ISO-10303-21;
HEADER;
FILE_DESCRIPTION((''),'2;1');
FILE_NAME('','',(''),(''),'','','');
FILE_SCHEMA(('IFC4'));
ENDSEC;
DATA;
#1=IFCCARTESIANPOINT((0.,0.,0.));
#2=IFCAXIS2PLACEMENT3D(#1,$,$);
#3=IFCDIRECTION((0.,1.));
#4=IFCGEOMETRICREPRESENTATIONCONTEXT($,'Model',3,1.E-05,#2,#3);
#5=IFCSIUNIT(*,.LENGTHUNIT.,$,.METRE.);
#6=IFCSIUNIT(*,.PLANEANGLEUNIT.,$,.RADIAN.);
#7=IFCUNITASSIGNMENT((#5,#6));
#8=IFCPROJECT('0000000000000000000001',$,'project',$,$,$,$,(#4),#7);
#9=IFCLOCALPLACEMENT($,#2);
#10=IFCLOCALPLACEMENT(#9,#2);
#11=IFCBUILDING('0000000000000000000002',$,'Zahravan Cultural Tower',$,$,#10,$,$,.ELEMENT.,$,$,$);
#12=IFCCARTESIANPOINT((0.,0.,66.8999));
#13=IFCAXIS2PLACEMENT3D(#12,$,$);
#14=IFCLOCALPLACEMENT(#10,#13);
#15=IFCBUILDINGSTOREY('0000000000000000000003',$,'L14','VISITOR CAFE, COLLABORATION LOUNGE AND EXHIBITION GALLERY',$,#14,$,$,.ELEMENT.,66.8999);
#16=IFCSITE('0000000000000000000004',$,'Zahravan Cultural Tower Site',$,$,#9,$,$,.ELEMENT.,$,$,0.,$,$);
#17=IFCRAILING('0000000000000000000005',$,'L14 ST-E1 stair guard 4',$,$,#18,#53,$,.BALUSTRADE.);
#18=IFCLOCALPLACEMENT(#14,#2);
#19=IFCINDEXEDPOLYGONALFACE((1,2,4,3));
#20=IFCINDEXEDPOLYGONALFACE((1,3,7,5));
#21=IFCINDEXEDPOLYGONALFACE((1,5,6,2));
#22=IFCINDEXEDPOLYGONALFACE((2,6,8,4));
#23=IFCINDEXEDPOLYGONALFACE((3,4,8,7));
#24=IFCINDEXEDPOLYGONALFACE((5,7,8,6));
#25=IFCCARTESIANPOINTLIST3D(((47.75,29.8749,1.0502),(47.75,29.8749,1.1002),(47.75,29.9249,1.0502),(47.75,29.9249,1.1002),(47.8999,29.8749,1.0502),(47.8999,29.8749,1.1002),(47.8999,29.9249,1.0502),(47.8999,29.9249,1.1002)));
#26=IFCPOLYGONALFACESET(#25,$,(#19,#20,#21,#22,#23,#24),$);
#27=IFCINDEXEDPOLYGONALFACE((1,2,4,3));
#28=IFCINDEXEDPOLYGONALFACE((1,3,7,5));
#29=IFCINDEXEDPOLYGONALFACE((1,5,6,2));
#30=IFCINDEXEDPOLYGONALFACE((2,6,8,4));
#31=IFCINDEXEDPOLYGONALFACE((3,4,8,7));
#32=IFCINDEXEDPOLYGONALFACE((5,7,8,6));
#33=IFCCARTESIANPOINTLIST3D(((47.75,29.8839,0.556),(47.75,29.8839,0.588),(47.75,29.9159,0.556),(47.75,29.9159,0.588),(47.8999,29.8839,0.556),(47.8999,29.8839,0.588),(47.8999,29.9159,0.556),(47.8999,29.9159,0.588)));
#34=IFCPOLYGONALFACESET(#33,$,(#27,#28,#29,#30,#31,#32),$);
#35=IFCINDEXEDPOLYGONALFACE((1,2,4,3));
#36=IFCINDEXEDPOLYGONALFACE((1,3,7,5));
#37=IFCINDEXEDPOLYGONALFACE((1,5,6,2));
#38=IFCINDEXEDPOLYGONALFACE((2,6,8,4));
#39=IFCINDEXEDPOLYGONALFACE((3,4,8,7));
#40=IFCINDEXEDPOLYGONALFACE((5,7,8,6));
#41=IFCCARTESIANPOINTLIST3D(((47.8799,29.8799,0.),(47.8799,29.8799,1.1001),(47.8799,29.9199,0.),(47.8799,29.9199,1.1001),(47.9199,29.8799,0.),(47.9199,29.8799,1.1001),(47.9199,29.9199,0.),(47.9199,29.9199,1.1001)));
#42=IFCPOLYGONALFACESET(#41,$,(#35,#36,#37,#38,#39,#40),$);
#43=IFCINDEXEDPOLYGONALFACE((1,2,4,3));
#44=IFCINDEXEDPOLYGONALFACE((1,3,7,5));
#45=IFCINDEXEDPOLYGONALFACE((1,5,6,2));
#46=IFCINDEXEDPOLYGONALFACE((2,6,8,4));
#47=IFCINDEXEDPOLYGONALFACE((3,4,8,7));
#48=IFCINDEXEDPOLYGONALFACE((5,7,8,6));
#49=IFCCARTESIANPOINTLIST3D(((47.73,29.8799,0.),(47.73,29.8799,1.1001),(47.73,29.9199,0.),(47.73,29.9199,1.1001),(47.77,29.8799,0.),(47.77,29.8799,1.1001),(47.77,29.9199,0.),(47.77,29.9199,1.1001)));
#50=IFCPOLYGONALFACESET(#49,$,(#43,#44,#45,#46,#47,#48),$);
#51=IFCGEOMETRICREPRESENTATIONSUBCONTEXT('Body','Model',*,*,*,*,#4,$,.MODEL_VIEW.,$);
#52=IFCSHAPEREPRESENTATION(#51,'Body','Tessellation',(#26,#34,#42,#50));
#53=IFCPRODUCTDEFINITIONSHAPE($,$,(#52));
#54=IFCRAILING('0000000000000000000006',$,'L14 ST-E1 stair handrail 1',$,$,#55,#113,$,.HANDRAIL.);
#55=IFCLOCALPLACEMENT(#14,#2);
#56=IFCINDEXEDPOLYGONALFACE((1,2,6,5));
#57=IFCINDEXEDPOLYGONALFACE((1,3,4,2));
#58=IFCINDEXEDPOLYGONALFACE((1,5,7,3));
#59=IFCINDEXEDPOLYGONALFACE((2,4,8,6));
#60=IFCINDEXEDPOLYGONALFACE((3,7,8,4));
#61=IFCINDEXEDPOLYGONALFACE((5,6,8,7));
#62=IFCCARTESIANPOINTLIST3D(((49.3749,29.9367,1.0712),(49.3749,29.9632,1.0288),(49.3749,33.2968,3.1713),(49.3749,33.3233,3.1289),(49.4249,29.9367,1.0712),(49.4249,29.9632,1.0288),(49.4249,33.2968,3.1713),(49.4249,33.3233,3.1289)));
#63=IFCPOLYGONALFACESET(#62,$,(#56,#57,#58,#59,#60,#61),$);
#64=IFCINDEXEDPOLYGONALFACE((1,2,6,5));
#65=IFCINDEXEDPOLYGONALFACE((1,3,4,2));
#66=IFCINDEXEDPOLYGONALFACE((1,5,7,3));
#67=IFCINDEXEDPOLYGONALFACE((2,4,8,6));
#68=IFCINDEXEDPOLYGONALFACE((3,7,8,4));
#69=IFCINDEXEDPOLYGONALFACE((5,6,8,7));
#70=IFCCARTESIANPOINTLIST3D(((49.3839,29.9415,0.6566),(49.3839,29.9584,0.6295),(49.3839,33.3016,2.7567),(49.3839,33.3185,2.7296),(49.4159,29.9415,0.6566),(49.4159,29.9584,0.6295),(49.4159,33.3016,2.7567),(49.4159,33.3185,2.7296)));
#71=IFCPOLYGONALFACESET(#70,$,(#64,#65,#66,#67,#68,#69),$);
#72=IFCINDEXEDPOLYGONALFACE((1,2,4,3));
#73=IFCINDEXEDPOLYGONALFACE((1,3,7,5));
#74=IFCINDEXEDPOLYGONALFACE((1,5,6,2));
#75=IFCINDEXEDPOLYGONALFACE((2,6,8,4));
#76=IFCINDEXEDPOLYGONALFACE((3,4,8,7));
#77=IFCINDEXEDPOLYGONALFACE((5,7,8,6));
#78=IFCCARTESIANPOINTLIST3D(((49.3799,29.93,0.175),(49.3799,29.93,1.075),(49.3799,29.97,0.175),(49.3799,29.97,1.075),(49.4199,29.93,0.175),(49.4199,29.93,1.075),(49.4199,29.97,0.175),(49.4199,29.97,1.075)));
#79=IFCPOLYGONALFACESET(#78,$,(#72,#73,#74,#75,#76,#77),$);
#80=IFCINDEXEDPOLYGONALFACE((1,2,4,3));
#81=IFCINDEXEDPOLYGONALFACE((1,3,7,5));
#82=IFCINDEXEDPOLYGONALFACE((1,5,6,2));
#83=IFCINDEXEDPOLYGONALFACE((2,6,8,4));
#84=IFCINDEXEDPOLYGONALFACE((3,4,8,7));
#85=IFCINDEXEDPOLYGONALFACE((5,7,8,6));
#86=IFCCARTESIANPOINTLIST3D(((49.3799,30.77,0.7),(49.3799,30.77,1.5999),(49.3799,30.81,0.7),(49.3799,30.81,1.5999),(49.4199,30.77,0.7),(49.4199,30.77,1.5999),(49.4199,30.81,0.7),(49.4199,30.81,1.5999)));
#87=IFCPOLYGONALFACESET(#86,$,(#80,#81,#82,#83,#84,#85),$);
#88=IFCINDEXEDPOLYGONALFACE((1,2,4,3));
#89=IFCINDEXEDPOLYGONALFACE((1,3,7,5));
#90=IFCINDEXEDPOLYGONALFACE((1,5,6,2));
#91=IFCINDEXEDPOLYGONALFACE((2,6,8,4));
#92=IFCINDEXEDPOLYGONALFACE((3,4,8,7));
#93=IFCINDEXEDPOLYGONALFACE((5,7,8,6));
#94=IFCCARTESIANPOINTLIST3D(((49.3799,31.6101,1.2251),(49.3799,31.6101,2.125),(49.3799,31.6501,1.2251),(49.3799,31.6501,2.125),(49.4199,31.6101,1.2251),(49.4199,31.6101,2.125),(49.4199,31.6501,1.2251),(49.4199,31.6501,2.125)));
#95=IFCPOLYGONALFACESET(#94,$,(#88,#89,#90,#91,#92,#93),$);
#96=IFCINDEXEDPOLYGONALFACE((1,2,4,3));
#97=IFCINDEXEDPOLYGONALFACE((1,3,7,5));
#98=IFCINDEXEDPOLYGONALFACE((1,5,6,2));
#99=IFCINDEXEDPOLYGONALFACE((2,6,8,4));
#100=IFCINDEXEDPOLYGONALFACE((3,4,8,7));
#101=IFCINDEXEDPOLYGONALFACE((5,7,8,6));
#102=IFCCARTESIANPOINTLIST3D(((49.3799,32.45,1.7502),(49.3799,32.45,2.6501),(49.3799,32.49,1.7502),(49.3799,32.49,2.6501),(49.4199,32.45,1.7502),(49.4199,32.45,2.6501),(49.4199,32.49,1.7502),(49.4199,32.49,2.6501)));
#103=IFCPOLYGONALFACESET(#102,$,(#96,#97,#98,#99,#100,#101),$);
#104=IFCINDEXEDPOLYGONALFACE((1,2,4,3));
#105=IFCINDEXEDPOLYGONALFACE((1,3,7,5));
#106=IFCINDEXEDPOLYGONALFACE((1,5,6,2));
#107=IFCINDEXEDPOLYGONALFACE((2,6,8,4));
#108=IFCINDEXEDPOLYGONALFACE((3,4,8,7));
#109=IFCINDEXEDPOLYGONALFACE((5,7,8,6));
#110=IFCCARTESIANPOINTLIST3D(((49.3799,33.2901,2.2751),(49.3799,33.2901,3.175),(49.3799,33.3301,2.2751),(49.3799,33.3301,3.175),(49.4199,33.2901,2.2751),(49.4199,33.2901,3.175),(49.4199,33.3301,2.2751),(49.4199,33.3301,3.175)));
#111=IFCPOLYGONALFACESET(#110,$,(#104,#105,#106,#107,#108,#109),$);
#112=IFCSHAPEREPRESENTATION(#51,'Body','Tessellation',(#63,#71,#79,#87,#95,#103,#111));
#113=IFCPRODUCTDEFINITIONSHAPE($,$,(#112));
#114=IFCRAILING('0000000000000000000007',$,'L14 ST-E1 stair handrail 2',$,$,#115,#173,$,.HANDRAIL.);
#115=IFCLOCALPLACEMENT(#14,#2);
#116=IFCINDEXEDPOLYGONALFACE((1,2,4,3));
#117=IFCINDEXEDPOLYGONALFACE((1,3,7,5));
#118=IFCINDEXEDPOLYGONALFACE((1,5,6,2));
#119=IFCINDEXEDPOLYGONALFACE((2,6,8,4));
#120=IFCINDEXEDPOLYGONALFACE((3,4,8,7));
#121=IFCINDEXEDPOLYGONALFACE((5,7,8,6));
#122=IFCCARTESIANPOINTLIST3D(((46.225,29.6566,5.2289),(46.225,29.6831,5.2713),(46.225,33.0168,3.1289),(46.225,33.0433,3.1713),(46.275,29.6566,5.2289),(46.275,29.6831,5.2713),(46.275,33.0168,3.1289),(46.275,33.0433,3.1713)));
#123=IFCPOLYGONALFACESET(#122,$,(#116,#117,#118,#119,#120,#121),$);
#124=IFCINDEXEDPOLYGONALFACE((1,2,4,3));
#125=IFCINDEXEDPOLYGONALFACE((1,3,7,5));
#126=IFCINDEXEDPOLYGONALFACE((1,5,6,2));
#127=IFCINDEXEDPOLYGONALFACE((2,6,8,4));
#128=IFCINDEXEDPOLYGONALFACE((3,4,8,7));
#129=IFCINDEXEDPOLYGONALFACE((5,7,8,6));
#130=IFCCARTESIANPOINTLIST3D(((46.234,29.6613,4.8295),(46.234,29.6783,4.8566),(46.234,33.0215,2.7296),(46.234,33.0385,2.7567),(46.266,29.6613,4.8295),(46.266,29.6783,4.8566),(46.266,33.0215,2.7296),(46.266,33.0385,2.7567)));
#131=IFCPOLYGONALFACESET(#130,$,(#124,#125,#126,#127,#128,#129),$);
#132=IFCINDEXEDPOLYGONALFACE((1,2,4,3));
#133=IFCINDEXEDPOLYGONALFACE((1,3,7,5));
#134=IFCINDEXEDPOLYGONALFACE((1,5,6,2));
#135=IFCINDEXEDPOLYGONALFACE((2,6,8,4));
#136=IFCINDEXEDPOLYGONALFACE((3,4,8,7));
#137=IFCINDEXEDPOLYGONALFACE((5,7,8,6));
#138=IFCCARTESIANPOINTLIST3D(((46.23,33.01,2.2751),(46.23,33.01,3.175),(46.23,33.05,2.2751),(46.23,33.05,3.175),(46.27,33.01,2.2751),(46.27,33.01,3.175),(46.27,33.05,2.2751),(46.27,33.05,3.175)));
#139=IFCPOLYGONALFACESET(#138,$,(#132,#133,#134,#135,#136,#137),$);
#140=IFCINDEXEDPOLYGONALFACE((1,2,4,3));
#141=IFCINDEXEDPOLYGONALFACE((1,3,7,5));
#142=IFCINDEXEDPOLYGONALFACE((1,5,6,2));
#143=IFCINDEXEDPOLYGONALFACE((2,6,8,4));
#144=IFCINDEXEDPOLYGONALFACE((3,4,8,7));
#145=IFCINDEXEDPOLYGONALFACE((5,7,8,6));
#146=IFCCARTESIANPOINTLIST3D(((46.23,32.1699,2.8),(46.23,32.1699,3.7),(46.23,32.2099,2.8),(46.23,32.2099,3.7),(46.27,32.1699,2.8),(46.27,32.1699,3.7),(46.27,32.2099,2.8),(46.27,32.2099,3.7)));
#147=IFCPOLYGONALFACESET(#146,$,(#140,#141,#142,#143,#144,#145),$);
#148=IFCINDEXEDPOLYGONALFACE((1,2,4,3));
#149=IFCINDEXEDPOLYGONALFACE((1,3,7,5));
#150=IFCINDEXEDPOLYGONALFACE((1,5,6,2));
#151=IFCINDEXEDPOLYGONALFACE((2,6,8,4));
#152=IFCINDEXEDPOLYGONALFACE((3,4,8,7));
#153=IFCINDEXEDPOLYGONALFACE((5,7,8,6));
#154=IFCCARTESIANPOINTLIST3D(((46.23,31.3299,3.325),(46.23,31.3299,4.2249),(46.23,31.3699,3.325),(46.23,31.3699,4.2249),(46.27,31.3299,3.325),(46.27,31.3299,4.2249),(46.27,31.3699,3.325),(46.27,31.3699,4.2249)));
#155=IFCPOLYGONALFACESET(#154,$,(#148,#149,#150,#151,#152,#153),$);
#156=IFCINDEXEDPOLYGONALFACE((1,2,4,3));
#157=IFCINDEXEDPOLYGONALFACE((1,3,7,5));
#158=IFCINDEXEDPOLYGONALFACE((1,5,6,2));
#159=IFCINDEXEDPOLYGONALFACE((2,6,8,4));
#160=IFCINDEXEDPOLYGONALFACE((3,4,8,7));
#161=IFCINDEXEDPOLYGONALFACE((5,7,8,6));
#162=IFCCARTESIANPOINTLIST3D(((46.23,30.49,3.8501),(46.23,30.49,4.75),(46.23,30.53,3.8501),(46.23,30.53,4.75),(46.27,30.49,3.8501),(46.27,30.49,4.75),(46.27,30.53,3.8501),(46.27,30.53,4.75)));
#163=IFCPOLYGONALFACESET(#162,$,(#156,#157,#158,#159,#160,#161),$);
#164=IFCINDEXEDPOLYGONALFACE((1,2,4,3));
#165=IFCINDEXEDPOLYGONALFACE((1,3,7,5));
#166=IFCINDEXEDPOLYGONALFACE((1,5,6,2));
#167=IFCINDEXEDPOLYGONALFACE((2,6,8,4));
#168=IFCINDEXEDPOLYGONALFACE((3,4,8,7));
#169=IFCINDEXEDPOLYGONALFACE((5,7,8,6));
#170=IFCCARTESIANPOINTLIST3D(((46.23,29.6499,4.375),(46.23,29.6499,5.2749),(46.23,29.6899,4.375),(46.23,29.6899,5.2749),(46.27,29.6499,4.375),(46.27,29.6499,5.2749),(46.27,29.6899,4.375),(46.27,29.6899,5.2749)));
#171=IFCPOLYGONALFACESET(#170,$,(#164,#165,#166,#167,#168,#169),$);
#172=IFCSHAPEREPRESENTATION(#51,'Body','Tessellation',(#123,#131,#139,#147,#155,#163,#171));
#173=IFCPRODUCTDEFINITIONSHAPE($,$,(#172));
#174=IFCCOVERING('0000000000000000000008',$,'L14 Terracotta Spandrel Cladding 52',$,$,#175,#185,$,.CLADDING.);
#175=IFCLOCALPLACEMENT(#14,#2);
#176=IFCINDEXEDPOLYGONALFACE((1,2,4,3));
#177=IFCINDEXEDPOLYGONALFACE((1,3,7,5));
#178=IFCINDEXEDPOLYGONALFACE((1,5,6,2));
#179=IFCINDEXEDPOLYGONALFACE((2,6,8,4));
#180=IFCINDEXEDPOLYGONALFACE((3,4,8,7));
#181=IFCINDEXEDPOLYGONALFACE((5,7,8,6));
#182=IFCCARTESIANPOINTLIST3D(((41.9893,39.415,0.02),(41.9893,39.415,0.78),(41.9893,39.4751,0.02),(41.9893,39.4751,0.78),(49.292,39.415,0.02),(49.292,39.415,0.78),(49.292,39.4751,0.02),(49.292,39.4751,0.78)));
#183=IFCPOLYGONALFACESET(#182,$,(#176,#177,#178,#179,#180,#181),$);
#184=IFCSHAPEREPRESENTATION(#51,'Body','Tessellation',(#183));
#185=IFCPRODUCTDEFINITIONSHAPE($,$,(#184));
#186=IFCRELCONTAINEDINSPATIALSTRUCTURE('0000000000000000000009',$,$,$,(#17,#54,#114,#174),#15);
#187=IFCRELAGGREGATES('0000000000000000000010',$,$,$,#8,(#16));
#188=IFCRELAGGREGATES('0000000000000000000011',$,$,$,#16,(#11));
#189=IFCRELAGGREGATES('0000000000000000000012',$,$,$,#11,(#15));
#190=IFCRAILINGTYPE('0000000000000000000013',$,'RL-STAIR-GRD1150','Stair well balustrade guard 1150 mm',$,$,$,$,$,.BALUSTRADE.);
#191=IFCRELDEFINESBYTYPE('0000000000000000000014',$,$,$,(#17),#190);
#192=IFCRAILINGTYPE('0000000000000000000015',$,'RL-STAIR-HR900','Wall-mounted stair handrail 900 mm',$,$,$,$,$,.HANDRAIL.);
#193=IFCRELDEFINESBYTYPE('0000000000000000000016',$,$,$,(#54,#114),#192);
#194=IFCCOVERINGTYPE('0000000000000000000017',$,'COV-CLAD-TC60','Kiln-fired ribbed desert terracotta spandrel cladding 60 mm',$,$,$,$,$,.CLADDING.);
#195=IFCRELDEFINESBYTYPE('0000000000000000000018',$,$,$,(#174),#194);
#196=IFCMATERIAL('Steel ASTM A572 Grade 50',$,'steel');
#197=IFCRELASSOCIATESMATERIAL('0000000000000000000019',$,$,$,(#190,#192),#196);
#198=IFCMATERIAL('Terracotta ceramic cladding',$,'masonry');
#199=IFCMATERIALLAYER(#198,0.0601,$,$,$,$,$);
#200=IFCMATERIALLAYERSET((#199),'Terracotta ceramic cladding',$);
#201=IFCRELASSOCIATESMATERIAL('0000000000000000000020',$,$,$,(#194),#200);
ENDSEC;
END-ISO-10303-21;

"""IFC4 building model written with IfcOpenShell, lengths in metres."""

from ifc_helpers import new_model, si_unit, direction, frame, origin, origin_2d, place, context, subcontext, project, spatial, rectangle, extrude, source, transform, mapped, material, layer, layer_set, type_object, element, save


model = new_model("IFC4")

# Units and contexts
model_context = context("Model", 3, precision=1e-05, world=origin(), true_north=direction((0.0, 1.0)))
body_context = subcontext(model_context, "Body", "Model", "MODEL_VIEW")
ifc_project = project(units=[si_unit("LENGTHUNIT", "METRE"), si_unit("PLANEANGLEUNIT", "RADIAN")], contexts=[model_context])

# Site, building, storey
site_placement = place(None, origin())
site = spatial("IfcSite", under=ifc_project, at=site_placement, Name="Zahravan Cultural Tower Site", CompositionType="ELEMENT", RefElevation=0.0)
building_placement = place(site_placement, origin())
building = spatial("IfcBuilding", under=site, at=building_placement, Name="Zahravan Cultural Tower", CompositionType="ELEMENT")
storey_placement = place(building_placement, frame((0.0, 0.0, 66.8999)))
storey = spatial("IfcBuildingStorey", under=building, at=storey_placement, Name="L14", Description="VISITOR CAFE, COLLABORATION LOUNGE AND EXHIBITION GALLERY", CompositionType="ELEMENT", Elevation=66.8999)

# Shared definitions
ifc_material_1 = material(Name="Steel ASTM A572 Grade 50", Category="steel")

# Railings
railing_type_1 = type_object("IfcRailingType", Name="RL-STAIR-GRD1150", Description="Stair well balustrade guard 1150 mm", PredefinedType="BALUSTRADE", material=ifc_material_1)
railing_1_placement = place(storey_placement, frame((47.8999, 29.8999, 0.0)))
element("IfcRailing", 1, at=railing_1_placement, inside=storey, type_object=railing_type_1, Name="L14 ST-E1 stair guard 4", PredefinedType="BALUSTRADE", context=body_context, shape_type="SweptSolid", body=[
    extrude(rectangle(XDim=0.05, YDim=0.05, at=origin_2d()), frame((0.0, 0.0, 1.0752), z_axis=(-1.0, 0.0, 0.0), x_axis=(0.0, -1.0, 0.0)), (0.0, 0.0, 1.0), 0.1499),
    extrude(rectangle(XDim=0.032, YDim=0.032, at=origin_2d()), frame((0.0, 0.0, 0.572), z_axis=(-1.0, 0.0, 0.0), x_axis=(0.0, -1.0, 0.0)), (0.0, 0.0, 1.0), 0.1499),
    extrude(rectangle(XDim=0.04, YDim=0.04, at=origin_2d()), origin(), (0.0, 0.0, 1.0), 1.1001),
    extrude(rectangle(XDim=0.04, YDim=0.04, at=origin_2d()), frame((-0.1499, 0.0, 0.0)), (0.0, 0.0, 1.0), 1.1001),
])
railing_type_2 = type_object("IfcRailingType", Name="RL-STAIR-HR900", Description="Wall-mounted stair handrail 900 mm", PredefinedType="HANDRAIL", material=ifc_material_1)
railing_2_placement = place(storey_placement, frame((49.3999, 29.95, 0.175)))
element("IfcRailing", 2, at=railing_2_placement, inside=storey, type_object=railing_type_2, Name="L14 ST-E1 stair handrail 1", PredefinedType="HANDRAIL", context=body_context, shape_type="SweptSolid", body=[
    extrude(rectangle(XDim=0.05, YDim=0.05, at=origin_2d()), frame((0.0, 0.0, 0.875), z_axis=(0.0, 0.847995, 0.530004), x_axis=(-1.0, 0.0, 0.0)), (0.0, 0.0, 1.0), 3.9624),
    extrude(rectangle(XDim=0.032, YDim=0.032, at=origin_2d()), frame((0.0, 0.0, 0.468), z_axis=(0.0, 0.847995, 0.530004), x_axis=(-1.0, 0.0, 0.0)), (0.0, 0.0, 1.0), 3.9624),
    extrude(rectangle(XDim=0.04, YDim=0.04, at=origin_2d()), origin(), (0.0, 0.0, 1.0), 0.8999),
    extrude(rectangle(XDim=0.04, YDim=0.04, at=origin_2d()), frame((0.0, 0.8401, 0.5249)), (0.0, 0.0, 1.0), 0.8999),
    extrude(rectangle(XDim=0.04, YDim=0.04, at=origin_2d()), frame((0.0, 1.6802, 1.05)), (0.0, 0.0, 1.0), 0.8999),
    extrude(rectangle(XDim=0.04, YDim=0.04, at=origin_2d()), frame((0.0, 2.52, 1.5752)), (0.0, 0.0, 1.0), 0.8999),
    extrude(rectangle(XDim=0.04, YDim=0.04, at=origin_2d()), frame((0.0, 3.3601, 2.1001)), (0.0, 0.0, 1.0), 0.8999),
])
railing_3_placement = place(storey_placement, frame((46.25, 33.03, 2.2751)))
element("IfcRailing", 3, at=railing_3_placement, inside=storey, type_object=railing_type_2, Name="L14 ST-E1 stair handrail 2", PredefinedType="HANDRAIL", context=body_context, shape_type="SweptSolid", body=[
    extrude(rectangle(XDim=0.05, YDim=0.05, at=origin_2d()), frame((0.0, 0.0, 0.875), z_axis=(0.0, -0.848023, 0.52996), x_axis=(1.0, 0.0, 0.0)), (0.0, 0.0, 1.0), 3.9624),
    extrude(rectangle(XDim=0.032, YDim=0.032, at=origin_2d()), frame((0.0, 0.0, 0.468), z_axis=(0.0, -0.848023, 0.52996), x_axis=(1.0, 0.0, 0.0)), (0.0, 0.0, 1.0), 3.9624),
    extrude(rectangle(XDim=0.04, YDim=0.04, at=origin_2d()), origin(), (0.0, 0.0, 1.0), 0.8999),
    extrude(rectangle(XDim=0.04, YDim=0.04, at=origin_2d()), frame((0.0, -0.8401, 0.5249)), (0.0, 0.0, 1.0), 0.8999),
    extrude(rectangle(XDim=0.04, YDim=0.04, at=origin_2d()), frame((0.0, -1.6802, 1.0498)), (0.0, 0.0, 1.0), 0.8999),
    extrude(rectangle(XDim=0.04, YDim=0.04, at=origin_2d()), frame((0.0, -2.52, 1.575)), (0.0, 0.0, 1.0), 0.8999),
    extrude(rectangle(XDim=0.04, YDim=0.04, at=origin_2d()), frame((0.0, -3.3601, 2.0999)), (0.0, 0.0, 1.0), 0.8999),
])

# Covering
ifc_material_2 = material(Name="Terracotta ceramic cladding", Category="masonry")
ifc_layer_1 = layer(ifc_material_2, 0.0601)
ifc_layer_set_1 = layer_set([ifc_layer_1], Name="Terracotta ceramic cladding")
covering_type = type_object("IfcCoveringType", Name="COV-CLAD-TC60", Description="Kiln-fired ribbed desert terracotta spandrel cladding 60 mm", PredefinedType="CLADDING", material=ifc_layer_set_1)
shared_shape_1 = source(origin(), body_context, "Body", "SweptSolid", [
    extrude(rectangle(XDim=7.3027, YDim=0.0601, at=origin_2d()), origin(), (0.0, 0.0, 1.0), 0.76),
])
covering_placement = place(storey_placement, frame((45.6406, 39.4451, 0.02), z_axis=(0.0, 0.0, 1.0), x_axis=(1.0, 0.0, 0.0)))
element("IfcCovering", 4, at=covering_placement, inside=storey, type_object=covering_type, Name="L14 Terracotta Spandrel Cladding 52", PredefinedType="CLADDING", context=body_context, shape_type="MappedRepresentation", body=[
    mapped(shared_shape_1, transform((0.0, 0.0, 0.0), x_axis=(1.0, 0.0, 0.0), y_axis=(0.0, 1.0, 0.0), z_axis=(0.0, 0.0, 1.0), scale=1.0)),
])

save(model, "model.ifc")
